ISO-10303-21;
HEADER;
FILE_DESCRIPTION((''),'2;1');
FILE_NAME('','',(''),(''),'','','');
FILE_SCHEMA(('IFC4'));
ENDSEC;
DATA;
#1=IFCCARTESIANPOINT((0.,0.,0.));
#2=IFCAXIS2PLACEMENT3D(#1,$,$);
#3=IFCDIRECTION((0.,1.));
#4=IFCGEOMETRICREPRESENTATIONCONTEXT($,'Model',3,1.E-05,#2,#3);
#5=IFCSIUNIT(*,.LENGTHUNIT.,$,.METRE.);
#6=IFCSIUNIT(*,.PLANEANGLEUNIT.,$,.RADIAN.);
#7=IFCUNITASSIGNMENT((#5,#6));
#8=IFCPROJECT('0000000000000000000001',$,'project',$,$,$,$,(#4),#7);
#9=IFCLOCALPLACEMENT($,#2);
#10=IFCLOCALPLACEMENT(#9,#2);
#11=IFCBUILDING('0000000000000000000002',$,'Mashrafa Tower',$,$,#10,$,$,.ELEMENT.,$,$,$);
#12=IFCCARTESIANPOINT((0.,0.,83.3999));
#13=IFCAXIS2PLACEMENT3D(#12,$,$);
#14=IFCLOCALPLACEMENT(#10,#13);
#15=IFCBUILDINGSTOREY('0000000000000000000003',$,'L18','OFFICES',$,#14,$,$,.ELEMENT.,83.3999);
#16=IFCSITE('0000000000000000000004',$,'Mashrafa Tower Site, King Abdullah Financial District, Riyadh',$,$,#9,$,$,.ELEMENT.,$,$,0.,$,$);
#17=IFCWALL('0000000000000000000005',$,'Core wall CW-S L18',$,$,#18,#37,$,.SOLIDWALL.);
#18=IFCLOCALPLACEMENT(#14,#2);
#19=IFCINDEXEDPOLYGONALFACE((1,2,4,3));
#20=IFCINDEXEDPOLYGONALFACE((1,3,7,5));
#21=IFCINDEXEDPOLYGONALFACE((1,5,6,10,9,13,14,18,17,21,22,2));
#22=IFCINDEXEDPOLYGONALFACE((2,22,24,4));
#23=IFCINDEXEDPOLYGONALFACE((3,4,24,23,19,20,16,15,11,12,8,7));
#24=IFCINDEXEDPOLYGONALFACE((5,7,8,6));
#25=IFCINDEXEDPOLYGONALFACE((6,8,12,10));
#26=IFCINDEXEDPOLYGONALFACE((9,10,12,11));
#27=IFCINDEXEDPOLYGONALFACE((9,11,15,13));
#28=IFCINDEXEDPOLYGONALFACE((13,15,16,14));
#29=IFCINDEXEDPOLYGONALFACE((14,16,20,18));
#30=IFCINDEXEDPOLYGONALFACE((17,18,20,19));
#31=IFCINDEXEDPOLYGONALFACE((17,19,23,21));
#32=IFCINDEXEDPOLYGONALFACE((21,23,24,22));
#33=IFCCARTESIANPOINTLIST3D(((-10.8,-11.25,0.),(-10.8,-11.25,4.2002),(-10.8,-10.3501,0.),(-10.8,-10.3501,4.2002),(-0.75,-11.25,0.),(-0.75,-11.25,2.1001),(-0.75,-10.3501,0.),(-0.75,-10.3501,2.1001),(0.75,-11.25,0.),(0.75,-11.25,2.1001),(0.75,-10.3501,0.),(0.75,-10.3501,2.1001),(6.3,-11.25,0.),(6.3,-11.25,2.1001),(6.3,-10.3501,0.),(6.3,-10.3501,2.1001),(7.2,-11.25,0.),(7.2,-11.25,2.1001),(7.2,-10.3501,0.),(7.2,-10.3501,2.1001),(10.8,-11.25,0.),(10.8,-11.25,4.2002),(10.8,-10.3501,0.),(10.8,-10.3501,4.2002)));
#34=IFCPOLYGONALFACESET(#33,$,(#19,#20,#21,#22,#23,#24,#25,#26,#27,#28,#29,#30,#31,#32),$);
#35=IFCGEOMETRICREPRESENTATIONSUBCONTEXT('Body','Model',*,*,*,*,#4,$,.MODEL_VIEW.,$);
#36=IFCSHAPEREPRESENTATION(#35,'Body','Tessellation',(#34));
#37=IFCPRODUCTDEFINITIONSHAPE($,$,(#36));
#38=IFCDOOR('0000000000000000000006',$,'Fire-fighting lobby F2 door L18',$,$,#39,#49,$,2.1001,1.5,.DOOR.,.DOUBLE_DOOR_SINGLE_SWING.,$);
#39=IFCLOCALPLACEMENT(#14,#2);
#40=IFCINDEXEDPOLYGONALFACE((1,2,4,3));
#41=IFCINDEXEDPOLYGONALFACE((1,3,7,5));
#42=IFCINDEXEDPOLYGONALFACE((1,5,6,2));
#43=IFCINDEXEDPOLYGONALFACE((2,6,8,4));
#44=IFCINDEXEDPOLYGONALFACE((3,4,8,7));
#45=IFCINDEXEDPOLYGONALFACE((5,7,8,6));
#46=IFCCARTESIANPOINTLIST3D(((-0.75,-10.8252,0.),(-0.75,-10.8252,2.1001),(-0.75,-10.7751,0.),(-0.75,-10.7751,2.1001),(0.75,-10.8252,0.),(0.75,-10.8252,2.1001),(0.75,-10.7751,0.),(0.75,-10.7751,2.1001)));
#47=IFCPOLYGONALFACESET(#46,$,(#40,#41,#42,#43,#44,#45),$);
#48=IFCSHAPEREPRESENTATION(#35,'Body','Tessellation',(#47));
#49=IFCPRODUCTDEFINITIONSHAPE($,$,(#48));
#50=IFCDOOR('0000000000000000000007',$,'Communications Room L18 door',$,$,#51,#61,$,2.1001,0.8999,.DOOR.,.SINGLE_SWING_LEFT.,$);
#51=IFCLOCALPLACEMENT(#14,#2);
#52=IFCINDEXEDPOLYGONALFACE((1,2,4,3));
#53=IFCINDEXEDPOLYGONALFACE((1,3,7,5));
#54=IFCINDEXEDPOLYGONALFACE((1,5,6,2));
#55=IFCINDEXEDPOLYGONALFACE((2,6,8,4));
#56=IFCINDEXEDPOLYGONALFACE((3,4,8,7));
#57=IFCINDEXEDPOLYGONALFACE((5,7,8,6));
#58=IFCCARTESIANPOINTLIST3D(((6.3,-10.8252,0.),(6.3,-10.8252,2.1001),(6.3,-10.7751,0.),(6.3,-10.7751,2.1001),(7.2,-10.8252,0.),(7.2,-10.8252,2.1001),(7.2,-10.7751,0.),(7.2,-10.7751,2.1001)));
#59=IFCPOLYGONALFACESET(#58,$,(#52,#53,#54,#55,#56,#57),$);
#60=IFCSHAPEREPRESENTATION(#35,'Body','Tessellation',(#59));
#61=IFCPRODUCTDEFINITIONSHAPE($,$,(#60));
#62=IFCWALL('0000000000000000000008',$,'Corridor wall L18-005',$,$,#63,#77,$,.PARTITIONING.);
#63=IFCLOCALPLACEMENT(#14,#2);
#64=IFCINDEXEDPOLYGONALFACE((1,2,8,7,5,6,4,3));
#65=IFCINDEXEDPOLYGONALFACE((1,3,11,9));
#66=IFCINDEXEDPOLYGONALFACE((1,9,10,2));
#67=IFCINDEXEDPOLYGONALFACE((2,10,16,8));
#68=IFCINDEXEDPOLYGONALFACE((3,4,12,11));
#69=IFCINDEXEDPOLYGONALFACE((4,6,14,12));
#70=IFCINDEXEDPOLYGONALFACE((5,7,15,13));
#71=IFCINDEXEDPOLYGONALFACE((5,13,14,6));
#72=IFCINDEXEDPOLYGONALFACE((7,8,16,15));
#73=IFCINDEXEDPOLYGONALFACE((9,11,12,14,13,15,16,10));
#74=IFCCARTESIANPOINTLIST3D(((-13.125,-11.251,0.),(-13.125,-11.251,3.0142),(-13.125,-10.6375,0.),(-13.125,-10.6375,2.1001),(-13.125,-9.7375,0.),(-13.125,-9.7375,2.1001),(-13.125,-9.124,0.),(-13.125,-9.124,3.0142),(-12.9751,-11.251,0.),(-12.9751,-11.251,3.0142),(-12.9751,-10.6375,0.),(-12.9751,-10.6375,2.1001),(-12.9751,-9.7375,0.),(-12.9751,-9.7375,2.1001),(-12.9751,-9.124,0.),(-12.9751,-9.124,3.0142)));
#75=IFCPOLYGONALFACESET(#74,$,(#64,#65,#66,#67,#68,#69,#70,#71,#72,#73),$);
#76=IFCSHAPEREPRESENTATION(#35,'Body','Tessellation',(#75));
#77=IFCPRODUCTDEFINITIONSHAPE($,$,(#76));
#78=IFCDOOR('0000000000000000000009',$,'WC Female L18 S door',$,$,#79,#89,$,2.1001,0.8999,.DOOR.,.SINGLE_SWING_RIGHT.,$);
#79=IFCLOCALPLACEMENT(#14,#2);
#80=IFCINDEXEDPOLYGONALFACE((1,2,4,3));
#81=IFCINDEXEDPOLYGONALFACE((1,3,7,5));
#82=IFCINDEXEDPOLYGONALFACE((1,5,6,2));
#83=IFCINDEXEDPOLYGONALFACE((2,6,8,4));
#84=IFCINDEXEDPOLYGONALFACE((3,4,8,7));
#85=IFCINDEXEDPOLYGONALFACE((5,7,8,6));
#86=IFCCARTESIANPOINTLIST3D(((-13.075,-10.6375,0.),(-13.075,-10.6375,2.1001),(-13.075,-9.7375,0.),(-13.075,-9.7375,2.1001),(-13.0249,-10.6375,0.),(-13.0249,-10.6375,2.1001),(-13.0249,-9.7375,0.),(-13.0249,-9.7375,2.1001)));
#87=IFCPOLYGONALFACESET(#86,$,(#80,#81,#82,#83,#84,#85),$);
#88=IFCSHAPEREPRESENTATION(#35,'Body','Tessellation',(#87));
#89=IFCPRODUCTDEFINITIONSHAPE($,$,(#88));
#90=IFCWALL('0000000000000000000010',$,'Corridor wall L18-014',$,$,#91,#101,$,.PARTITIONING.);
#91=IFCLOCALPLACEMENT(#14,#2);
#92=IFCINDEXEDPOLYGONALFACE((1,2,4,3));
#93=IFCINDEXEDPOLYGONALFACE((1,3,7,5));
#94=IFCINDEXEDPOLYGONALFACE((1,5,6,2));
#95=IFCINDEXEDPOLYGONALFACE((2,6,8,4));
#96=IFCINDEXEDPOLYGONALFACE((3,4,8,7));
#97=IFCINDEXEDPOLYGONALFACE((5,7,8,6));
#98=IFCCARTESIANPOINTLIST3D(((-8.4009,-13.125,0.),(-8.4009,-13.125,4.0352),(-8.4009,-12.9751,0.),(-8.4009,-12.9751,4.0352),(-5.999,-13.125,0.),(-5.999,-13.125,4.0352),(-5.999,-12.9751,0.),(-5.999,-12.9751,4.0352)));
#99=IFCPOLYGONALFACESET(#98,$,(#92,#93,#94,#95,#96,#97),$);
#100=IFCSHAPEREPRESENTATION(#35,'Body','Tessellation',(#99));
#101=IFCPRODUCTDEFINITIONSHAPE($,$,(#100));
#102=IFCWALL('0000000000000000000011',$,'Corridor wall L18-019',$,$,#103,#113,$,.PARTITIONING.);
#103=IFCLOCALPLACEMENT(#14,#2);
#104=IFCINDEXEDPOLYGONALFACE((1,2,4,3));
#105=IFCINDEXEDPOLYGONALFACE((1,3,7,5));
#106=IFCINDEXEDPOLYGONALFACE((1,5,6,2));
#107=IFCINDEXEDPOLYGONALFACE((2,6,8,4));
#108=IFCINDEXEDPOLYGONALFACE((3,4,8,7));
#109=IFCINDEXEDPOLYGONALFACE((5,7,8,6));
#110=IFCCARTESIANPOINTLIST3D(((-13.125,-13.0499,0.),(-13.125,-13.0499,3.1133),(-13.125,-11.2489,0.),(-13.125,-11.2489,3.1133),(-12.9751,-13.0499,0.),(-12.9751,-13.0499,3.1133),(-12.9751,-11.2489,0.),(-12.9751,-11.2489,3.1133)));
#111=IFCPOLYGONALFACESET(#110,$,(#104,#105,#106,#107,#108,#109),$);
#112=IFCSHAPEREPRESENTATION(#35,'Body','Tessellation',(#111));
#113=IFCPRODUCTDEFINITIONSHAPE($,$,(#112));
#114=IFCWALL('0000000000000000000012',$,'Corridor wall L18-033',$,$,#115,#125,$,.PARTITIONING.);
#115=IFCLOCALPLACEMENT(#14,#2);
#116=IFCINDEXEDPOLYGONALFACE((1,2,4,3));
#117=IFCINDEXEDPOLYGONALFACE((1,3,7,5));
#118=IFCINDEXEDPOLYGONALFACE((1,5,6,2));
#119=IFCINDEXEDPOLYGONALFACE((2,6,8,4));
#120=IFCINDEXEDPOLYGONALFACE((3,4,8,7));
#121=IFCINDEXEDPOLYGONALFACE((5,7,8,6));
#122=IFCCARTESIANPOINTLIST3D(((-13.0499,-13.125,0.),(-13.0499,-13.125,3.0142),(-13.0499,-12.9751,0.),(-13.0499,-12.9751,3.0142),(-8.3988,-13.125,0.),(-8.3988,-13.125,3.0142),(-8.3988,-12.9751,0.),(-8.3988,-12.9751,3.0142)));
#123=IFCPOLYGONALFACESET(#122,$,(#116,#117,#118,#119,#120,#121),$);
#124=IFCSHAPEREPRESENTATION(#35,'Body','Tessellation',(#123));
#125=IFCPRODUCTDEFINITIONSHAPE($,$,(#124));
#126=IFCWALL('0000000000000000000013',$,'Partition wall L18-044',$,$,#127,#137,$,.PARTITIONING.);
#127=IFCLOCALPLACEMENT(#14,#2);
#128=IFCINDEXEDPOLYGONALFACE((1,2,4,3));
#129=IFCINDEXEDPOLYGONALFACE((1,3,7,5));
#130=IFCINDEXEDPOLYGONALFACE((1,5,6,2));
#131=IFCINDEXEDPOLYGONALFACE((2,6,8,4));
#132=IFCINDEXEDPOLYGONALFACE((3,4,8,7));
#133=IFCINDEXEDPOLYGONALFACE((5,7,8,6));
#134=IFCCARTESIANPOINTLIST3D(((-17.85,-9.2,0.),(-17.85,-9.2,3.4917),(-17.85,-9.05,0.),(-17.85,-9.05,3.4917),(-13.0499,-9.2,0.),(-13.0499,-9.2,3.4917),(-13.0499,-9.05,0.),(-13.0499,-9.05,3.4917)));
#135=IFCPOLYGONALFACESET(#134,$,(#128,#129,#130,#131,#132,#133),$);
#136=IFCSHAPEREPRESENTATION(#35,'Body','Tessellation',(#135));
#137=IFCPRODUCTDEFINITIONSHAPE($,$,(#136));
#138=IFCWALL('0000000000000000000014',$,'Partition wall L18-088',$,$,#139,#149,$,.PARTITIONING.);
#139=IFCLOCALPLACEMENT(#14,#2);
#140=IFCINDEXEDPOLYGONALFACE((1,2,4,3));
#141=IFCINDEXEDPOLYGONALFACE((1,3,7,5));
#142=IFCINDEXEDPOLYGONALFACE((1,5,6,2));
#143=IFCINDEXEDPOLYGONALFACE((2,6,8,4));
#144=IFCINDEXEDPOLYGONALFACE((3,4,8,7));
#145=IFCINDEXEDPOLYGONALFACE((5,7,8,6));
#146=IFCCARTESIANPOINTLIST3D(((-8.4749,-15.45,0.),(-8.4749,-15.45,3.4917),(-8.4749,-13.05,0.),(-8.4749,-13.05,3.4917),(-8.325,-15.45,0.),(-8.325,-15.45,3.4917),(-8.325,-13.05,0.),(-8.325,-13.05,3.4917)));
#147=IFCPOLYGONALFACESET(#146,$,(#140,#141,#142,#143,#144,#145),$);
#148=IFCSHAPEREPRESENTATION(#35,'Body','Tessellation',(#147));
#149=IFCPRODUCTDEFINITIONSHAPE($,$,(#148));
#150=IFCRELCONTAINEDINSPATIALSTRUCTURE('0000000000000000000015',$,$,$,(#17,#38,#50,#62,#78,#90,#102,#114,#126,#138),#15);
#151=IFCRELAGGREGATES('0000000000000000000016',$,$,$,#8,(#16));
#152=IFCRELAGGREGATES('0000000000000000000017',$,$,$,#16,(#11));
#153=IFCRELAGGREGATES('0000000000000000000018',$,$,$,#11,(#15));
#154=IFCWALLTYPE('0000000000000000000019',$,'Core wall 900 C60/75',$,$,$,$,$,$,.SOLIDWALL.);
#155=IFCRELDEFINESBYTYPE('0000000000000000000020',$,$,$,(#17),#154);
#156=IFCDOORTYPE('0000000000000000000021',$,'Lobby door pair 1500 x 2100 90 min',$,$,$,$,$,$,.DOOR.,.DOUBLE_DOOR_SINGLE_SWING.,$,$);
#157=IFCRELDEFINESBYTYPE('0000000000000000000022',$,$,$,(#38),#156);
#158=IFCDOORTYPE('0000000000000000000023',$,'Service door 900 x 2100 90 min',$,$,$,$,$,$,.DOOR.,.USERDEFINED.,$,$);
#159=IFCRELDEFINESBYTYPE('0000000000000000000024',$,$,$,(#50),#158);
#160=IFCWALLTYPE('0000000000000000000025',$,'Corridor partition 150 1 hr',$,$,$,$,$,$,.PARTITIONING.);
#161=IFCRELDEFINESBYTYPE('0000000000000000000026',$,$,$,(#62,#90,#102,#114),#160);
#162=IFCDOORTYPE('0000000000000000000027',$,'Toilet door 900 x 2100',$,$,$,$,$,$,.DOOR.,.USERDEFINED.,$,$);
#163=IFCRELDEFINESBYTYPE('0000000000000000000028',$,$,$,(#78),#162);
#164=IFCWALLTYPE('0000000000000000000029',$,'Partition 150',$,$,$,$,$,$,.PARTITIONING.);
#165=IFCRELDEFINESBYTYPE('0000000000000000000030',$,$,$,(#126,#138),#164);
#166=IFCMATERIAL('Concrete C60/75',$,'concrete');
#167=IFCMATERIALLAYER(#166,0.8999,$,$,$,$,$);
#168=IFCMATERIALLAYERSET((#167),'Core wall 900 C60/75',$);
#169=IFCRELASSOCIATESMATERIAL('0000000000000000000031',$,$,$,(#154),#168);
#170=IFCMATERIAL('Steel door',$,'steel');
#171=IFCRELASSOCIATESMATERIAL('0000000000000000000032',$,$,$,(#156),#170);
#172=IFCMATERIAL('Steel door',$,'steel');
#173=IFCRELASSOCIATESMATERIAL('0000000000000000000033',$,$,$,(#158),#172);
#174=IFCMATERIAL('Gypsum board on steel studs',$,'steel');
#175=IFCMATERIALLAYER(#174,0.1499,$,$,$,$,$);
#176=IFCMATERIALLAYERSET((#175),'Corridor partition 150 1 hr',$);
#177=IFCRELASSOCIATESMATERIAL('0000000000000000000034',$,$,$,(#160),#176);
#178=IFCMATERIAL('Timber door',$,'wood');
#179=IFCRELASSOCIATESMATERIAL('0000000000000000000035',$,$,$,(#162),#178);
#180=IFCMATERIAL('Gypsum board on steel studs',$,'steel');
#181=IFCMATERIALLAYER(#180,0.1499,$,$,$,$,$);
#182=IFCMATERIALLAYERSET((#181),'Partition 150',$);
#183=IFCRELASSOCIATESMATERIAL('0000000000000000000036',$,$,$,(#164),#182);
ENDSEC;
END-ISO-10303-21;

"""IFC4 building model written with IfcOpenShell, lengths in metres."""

from ifc_helpers import new_model, si_unit, direction, frame, frame_2d, origin, place, context, subcontext, project, spatial, rectangle, extrude, material, layer, layer_set, type_object, element, fill, save


model = new_model("IFC4")

# Units and contexts
model_context = context("Model", 3, precision=1e-05, world=origin(), true_north=direction((0.0, 1.0)))
body_context = subcontext(model_context, "Body", "Model", "MODEL_VIEW")
ifc_project = project(units=[si_unit("LENGTHUNIT", "METRE"), si_unit("PLANEANGLEUNIT", "RADIAN")], contexts=[model_context])

# Site, building, storey
site_placement = place(None, origin())
site = spatial("IfcSite", under=ifc_project, at=site_placement, Name="Mashrafa Tower Site, King Abdullah Financial District, Riyadh", CompositionType="ELEMENT", RefElevation=0.0)
building_placement = place(site_placement, origin())
building = spatial("IfcBuilding", under=site, at=building_placement, Name="Mashrafa Tower", CompositionType="ELEMENT")
storey_placement = place(building_placement, frame((0.0, 0.0, 83.3999)))
storey = spatial("IfcBuildingStorey", under=building, at=storey_placement, Name="L18", Description="OFFICES", CompositionType="ELEMENT", Elevation=83.3999)

# Wall, openings, doors
ifc_material_1 = material(Name="Concrete C60/75", Category="concrete")
ifc_layer_1 = layer(ifc_material_1, 0.8999)
ifc_layer_set_1 = layer_set([ifc_layer_1], Name="Core wall 900 C60/75")
wall_type_1 = type_object("IfcWallType", Name="Core wall 900 C60/75", PredefinedType="SOLIDWALL", material=ifc_layer_set_1)
wall_1_placement = place(storey_placement, frame((-10.8, -10.8, 0.0), z_axis=(0.0, 0.0, 1.0), x_axis=(1.0, 0.0, 0.0)))
wall_1 = element("IfcWall", 1, at=wall_1_placement, inside=storey, type_object=wall_type_1, Name="Core wall CW-S L18", PredefinedType="SOLIDWALL", context=body_context, shape_type="SweptSolid", body=[
    extrude(rectangle(XDim=21.6001, YDim=0.8999, at=frame_2d((10.8, 0.0))), origin(), (0.0, 0.0, 1.0), 4.2002),
])
opening_1_placement = place(wall_1_placement, frame((10.05, 0.0, 0.0)))
opening_1 = element("IfcOpeningElement", 2, at=opening_1_placement, cuts=wall_1, PredefinedType="OPENING", context=body_context, shape_type="SweptSolid", body=[
    extrude(rectangle(XDim=1.5, YDim=2.1001, at=frame_2d((0.75, 1.05))), frame((0.0, 0.46, 0.0), z_axis=(0.0, -1.0, 0.0), x_axis=(1.0, 0.0, 0.0)), (0.0, 0.0, 1.0), 0.9199),
])
opening_2_placement = place(wall_1_placement, frame((17.1001, 0.0, 0.0)))
opening_2 = element("IfcOpeningElement", 3, at=opening_2_placement, cuts=wall_1, PredefinedType="OPENING", context=body_context, shape_type="SweptSolid", body=[
    extrude(rectangle(XDim=0.8999, YDim=2.1001, at=frame_2d((0.45, 1.05))), frame((0.0, 0.46, 0.0), z_axis=(0.0, -1.0, 0.0), x_axis=(1.0, 0.0, 0.0)), (0.0, 0.0, 1.0), 0.9199),
])
ifc_material_2 = material(Name="Steel door", Category="steel")
door_type_1 = type_object("IfcDoorType", Name="Lobby door pair 1500 x 2100 90 min", OperationType="DOUBLE_DOOR_SINGLE_SWING", PredefinedType="DOOR", material=ifc_material_2)
door_1_placement = place(opening_1_placement, origin())
door_1 = element("IfcDoor", 4, at=door_1_placement, inside=storey, type_object=door_type_1, Name="Fire-fighting lobby F2 door L18", OperationType="DOUBLE_DOOR_SINGLE_SWING", OverallHeight=2.1001, OverallWidth=1.5, PredefinedType="DOOR", context=body_context, shape_type="SweptSolid", body=[
    extrude(rectangle(XDim=1.5, YDim=2.1001, at=frame_2d((0.75, 1.05))), frame((0.0, 0.0249, 0.0), z_axis=(0.0, -1.0, 0.0), x_axis=(1.0, 0.0, 0.0)), (0.0, 0.0, 1.0), 0.05),
])
fill(opening_1, door_1)
ifc_material_3 = material(Name="Steel door", Category="steel")
door_type_2 = type_object("IfcDoorType", Name="Service door 900 x 2100 90 min", OperationType="USERDEFINED", PredefinedType="DOOR", material=ifc_material_3)
door_2_placement = place(opening_2_placement, origin())
door_2 = element("IfcDoor", 5, at=door_2_placement, inside=storey, type_object=door_type_2, Name="Communications Room L18 door", OperationType="SINGLE_SWING_LEFT", OverallHeight=2.1001, OverallWidth=0.8999, PredefinedType="DOOR", context=body_context, shape_type="SweptSolid", body=[
    extrude(rectangle(XDim=0.8999, YDim=2.1001, at=frame_2d((0.45, 1.05))), frame((0.0, 0.0249, 0.0), z_axis=(0.0, -1.0, 0.0), x_axis=(1.0, 0.0, 0.0)), (0.0, 0.0, 1.0), 0.05),
])
fill(opening_2, door_2)

# Wall, opening, door
ifc_material_4 = material(Name="Gypsum board on steel studs", Category="steel")
ifc_layer_2 = layer(ifc_material_4, 0.1499)
ifc_layer_set_2 = layer_set([ifc_layer_2], Name="Corridor partition 150 1 hr")
wall_type_2 = type_object("IfcWallType", Name="Corridor partition 150 1 hr", PredefinedType="PARTITIONING", material=ifc_layer_set_2)
wall_2_placement = place(storey_placement, frame((-13.05, -9.124, 0.0), z_axis=(0.0, 0.0, 1.0), x_axis=(0.0, -1.0, 0.0)))
wall_2 = element("IfcWall", 6, at=wall_2_placement, inside=storey, type_object=wall_type_2, Name="Corridor wall L18-005", PredefinedType="PARTITIONING", context=body_context, shape_type="SweptSolid", body=[
    extrude(rectangle(XDim=2.127, YDim=0.1499, at=frame_2d((1.0635, 0.0))), origin(), (0.0, 0.0, 1.0), 3.0142),
])
opening_3_placement = place(wall_2_placement, frame((0.6135, 0.0, 0.0)))
opening_3 = element("IfcOpeningElement", 7, at=opening_3_placement, cuts=wall_2, PredefinedType="OPENING", context=body_context, shape_type="SweptSolid", body=[
    extrude(rectangle(XDim=0.8999, YDim=2.1001, at=frame_2d((0.45, 1.05))), frame((0.0, 0.085, 0.0), z_axis=(0.0, -1.0, 0.0), x_axis=(1.0, 0.0, 0.0)), (0.0, 0.0, 1.0), 0.1699),
])
ifc_material_5 = material(Name="Timber door", Category="wood")
door_type_3 = type_object("IfcDoorType", Name="Toilet door 900 x 2100", OperationType="USERDEFINED", PredefinedType="DOOR", material=ifc_material_5)
door_3_placement = place(opening_3_placement, frame((0.8999, 0.0, 0.0), z_axis=(0.0, 0.0, 1.0), x_axis=(-1.0, 0.0, 0.0)))
door_3 = element("IfcDoor", 8, at=door_3_placement, inside=storey, type_object=door_type_3, Name="WC Female L18 S door", OperationType="SINGLE_SWING_RIGHT", OverallHeight=2.1001, OverallWidth=0.8999, PredefinedType="DOOR", context=body_context, shape_type="SweptSolid", body=[
    extrude(rectangle(XDim=0.8999, YDim=2.1001, at=frame_2d((0.45, 1.05))), frame((0.0, 0.0249, 0.0), z_axis=(0.0, -1.0, 0.0), x_axis=(1.0, 0.0, 0.0)), (0.0, 0.0, 1.0), 0.05),
])
fill(opening_3, door_3)

# Walls
wall_3_placement = place(storey_placement, frame((-8.4009, -13.05, 0.0), z_axis=(0.0, 0.0, 1.0), x_axis=(1.0, 0.0, 0.0)))
element("IfcWall", 9, at=wall_3_placement, inside=storey, type_object=wall_type_2, Name="Corridor wall L18-014", PredefinedType="PARTITIONING", context=body_context, shape_type="SweptSolid", body=[
    extrude(rectangle(XDim=2.4019, YDim=0.1499, at=frame_2d((1.2009, 0.0))), origin(), (0.0, 0.0, 1.0), 4.0352),
])
wall_4_placement = place(storey_placement, frame((-13.05, -11.249, 0.0), z_axis=(0.0, 0.0, 1.0), x_axis=(0.0, -1.0, 0.0)))
element("IfcWall", 10, at=wall_4_placement, inside=storey, type_object=wall_type_2, Name="Corridor wall L18-019", PredefinedType="PARTITIONING", context=body_context, shape_type="SweptSolid", body=[
    extrude(rectangle(XDim=1.801, YDim=0.1499, at=frame_2d((0.9004, 0.0))), origin(), (0.0, 0.0, 1.0), 3.1133),
])

# Wall
wall_5_placement = place(storey_placement, frame((-13.05, -13.05, 0.0), z_axis=(0.0, 0.0, 1.0), x_axis=(1.0, 0.0, 0.0)))
element("IfcWall", 11, at=wall_5_placement, inside=storey, type_object=wall_type_2, Name="Corridor wall L18-033", PredefinedType="PARTITIONING", context=body_context, shape_type="SweptSolid", body=[
    extrude(rectangle(XDim=4.6511, YDim=0.1499, at=frame_2d((2.3257, 0.0))), origin(), (0.0, 0.0, 1.0), 3.0142),
])

# Walls
ifc_material_6 = material(Name="Gypsum board on steel studs", Category="steel")
ifc_layer_3 = layer(ifc_material_6, 0.1499)
ifc_layer_set_3 = layer_set([ifc_layer_3], Name="Partition 150")
wall_type_3 = type_object("IfcWallType", Name="Partition 150", PredefinedType="PARTITIONING", material=ifc_layer_set_3)
wall_6_placement = place(storey_placement, frame((-13.05, -9.125, 0.0), z_axis=(0.0, 0.0, 1.0), x_axis=(-1.0, 0.0, 0.0)))
element("IfcWall", 12, at=wall_6_placement, inside=storey, type_object=wall_type_3, Name="Partition wall L18-044", PredefinedType="PARTITIONING", context=body_context, shape_type="SweptSolid", body=[
    extrude(rectangle(XDim=4.8, YDim=0.1499, at=frame_2d((2.3999, 0.0))), origin(), (0.0, 0.0, 1.0), 3.4917),
])
wall_7_placement = place(storey_placement, frame((-8.3999, -13.05, 0.0), z_axis=(0.0, 0.0, 1.0), x_axis=(0.0, -1.0, 0.0)))
element("IfcWall", 13, at=wall_7_placement, inside=storey, type_object=wall_type_3, Name="Partition wall L18-088", PredefinedType="PARTITIONING", context=body_context, shape_type="SweptSolid", body=[
    extrude(rectangle(XDim=2.3999, YDim=0.1499, at=frame_2d((1.2, 0.0))), origin(), (0.0, 0.0, 1.0), 3.4917),
])

save(model, "model.ifc")
